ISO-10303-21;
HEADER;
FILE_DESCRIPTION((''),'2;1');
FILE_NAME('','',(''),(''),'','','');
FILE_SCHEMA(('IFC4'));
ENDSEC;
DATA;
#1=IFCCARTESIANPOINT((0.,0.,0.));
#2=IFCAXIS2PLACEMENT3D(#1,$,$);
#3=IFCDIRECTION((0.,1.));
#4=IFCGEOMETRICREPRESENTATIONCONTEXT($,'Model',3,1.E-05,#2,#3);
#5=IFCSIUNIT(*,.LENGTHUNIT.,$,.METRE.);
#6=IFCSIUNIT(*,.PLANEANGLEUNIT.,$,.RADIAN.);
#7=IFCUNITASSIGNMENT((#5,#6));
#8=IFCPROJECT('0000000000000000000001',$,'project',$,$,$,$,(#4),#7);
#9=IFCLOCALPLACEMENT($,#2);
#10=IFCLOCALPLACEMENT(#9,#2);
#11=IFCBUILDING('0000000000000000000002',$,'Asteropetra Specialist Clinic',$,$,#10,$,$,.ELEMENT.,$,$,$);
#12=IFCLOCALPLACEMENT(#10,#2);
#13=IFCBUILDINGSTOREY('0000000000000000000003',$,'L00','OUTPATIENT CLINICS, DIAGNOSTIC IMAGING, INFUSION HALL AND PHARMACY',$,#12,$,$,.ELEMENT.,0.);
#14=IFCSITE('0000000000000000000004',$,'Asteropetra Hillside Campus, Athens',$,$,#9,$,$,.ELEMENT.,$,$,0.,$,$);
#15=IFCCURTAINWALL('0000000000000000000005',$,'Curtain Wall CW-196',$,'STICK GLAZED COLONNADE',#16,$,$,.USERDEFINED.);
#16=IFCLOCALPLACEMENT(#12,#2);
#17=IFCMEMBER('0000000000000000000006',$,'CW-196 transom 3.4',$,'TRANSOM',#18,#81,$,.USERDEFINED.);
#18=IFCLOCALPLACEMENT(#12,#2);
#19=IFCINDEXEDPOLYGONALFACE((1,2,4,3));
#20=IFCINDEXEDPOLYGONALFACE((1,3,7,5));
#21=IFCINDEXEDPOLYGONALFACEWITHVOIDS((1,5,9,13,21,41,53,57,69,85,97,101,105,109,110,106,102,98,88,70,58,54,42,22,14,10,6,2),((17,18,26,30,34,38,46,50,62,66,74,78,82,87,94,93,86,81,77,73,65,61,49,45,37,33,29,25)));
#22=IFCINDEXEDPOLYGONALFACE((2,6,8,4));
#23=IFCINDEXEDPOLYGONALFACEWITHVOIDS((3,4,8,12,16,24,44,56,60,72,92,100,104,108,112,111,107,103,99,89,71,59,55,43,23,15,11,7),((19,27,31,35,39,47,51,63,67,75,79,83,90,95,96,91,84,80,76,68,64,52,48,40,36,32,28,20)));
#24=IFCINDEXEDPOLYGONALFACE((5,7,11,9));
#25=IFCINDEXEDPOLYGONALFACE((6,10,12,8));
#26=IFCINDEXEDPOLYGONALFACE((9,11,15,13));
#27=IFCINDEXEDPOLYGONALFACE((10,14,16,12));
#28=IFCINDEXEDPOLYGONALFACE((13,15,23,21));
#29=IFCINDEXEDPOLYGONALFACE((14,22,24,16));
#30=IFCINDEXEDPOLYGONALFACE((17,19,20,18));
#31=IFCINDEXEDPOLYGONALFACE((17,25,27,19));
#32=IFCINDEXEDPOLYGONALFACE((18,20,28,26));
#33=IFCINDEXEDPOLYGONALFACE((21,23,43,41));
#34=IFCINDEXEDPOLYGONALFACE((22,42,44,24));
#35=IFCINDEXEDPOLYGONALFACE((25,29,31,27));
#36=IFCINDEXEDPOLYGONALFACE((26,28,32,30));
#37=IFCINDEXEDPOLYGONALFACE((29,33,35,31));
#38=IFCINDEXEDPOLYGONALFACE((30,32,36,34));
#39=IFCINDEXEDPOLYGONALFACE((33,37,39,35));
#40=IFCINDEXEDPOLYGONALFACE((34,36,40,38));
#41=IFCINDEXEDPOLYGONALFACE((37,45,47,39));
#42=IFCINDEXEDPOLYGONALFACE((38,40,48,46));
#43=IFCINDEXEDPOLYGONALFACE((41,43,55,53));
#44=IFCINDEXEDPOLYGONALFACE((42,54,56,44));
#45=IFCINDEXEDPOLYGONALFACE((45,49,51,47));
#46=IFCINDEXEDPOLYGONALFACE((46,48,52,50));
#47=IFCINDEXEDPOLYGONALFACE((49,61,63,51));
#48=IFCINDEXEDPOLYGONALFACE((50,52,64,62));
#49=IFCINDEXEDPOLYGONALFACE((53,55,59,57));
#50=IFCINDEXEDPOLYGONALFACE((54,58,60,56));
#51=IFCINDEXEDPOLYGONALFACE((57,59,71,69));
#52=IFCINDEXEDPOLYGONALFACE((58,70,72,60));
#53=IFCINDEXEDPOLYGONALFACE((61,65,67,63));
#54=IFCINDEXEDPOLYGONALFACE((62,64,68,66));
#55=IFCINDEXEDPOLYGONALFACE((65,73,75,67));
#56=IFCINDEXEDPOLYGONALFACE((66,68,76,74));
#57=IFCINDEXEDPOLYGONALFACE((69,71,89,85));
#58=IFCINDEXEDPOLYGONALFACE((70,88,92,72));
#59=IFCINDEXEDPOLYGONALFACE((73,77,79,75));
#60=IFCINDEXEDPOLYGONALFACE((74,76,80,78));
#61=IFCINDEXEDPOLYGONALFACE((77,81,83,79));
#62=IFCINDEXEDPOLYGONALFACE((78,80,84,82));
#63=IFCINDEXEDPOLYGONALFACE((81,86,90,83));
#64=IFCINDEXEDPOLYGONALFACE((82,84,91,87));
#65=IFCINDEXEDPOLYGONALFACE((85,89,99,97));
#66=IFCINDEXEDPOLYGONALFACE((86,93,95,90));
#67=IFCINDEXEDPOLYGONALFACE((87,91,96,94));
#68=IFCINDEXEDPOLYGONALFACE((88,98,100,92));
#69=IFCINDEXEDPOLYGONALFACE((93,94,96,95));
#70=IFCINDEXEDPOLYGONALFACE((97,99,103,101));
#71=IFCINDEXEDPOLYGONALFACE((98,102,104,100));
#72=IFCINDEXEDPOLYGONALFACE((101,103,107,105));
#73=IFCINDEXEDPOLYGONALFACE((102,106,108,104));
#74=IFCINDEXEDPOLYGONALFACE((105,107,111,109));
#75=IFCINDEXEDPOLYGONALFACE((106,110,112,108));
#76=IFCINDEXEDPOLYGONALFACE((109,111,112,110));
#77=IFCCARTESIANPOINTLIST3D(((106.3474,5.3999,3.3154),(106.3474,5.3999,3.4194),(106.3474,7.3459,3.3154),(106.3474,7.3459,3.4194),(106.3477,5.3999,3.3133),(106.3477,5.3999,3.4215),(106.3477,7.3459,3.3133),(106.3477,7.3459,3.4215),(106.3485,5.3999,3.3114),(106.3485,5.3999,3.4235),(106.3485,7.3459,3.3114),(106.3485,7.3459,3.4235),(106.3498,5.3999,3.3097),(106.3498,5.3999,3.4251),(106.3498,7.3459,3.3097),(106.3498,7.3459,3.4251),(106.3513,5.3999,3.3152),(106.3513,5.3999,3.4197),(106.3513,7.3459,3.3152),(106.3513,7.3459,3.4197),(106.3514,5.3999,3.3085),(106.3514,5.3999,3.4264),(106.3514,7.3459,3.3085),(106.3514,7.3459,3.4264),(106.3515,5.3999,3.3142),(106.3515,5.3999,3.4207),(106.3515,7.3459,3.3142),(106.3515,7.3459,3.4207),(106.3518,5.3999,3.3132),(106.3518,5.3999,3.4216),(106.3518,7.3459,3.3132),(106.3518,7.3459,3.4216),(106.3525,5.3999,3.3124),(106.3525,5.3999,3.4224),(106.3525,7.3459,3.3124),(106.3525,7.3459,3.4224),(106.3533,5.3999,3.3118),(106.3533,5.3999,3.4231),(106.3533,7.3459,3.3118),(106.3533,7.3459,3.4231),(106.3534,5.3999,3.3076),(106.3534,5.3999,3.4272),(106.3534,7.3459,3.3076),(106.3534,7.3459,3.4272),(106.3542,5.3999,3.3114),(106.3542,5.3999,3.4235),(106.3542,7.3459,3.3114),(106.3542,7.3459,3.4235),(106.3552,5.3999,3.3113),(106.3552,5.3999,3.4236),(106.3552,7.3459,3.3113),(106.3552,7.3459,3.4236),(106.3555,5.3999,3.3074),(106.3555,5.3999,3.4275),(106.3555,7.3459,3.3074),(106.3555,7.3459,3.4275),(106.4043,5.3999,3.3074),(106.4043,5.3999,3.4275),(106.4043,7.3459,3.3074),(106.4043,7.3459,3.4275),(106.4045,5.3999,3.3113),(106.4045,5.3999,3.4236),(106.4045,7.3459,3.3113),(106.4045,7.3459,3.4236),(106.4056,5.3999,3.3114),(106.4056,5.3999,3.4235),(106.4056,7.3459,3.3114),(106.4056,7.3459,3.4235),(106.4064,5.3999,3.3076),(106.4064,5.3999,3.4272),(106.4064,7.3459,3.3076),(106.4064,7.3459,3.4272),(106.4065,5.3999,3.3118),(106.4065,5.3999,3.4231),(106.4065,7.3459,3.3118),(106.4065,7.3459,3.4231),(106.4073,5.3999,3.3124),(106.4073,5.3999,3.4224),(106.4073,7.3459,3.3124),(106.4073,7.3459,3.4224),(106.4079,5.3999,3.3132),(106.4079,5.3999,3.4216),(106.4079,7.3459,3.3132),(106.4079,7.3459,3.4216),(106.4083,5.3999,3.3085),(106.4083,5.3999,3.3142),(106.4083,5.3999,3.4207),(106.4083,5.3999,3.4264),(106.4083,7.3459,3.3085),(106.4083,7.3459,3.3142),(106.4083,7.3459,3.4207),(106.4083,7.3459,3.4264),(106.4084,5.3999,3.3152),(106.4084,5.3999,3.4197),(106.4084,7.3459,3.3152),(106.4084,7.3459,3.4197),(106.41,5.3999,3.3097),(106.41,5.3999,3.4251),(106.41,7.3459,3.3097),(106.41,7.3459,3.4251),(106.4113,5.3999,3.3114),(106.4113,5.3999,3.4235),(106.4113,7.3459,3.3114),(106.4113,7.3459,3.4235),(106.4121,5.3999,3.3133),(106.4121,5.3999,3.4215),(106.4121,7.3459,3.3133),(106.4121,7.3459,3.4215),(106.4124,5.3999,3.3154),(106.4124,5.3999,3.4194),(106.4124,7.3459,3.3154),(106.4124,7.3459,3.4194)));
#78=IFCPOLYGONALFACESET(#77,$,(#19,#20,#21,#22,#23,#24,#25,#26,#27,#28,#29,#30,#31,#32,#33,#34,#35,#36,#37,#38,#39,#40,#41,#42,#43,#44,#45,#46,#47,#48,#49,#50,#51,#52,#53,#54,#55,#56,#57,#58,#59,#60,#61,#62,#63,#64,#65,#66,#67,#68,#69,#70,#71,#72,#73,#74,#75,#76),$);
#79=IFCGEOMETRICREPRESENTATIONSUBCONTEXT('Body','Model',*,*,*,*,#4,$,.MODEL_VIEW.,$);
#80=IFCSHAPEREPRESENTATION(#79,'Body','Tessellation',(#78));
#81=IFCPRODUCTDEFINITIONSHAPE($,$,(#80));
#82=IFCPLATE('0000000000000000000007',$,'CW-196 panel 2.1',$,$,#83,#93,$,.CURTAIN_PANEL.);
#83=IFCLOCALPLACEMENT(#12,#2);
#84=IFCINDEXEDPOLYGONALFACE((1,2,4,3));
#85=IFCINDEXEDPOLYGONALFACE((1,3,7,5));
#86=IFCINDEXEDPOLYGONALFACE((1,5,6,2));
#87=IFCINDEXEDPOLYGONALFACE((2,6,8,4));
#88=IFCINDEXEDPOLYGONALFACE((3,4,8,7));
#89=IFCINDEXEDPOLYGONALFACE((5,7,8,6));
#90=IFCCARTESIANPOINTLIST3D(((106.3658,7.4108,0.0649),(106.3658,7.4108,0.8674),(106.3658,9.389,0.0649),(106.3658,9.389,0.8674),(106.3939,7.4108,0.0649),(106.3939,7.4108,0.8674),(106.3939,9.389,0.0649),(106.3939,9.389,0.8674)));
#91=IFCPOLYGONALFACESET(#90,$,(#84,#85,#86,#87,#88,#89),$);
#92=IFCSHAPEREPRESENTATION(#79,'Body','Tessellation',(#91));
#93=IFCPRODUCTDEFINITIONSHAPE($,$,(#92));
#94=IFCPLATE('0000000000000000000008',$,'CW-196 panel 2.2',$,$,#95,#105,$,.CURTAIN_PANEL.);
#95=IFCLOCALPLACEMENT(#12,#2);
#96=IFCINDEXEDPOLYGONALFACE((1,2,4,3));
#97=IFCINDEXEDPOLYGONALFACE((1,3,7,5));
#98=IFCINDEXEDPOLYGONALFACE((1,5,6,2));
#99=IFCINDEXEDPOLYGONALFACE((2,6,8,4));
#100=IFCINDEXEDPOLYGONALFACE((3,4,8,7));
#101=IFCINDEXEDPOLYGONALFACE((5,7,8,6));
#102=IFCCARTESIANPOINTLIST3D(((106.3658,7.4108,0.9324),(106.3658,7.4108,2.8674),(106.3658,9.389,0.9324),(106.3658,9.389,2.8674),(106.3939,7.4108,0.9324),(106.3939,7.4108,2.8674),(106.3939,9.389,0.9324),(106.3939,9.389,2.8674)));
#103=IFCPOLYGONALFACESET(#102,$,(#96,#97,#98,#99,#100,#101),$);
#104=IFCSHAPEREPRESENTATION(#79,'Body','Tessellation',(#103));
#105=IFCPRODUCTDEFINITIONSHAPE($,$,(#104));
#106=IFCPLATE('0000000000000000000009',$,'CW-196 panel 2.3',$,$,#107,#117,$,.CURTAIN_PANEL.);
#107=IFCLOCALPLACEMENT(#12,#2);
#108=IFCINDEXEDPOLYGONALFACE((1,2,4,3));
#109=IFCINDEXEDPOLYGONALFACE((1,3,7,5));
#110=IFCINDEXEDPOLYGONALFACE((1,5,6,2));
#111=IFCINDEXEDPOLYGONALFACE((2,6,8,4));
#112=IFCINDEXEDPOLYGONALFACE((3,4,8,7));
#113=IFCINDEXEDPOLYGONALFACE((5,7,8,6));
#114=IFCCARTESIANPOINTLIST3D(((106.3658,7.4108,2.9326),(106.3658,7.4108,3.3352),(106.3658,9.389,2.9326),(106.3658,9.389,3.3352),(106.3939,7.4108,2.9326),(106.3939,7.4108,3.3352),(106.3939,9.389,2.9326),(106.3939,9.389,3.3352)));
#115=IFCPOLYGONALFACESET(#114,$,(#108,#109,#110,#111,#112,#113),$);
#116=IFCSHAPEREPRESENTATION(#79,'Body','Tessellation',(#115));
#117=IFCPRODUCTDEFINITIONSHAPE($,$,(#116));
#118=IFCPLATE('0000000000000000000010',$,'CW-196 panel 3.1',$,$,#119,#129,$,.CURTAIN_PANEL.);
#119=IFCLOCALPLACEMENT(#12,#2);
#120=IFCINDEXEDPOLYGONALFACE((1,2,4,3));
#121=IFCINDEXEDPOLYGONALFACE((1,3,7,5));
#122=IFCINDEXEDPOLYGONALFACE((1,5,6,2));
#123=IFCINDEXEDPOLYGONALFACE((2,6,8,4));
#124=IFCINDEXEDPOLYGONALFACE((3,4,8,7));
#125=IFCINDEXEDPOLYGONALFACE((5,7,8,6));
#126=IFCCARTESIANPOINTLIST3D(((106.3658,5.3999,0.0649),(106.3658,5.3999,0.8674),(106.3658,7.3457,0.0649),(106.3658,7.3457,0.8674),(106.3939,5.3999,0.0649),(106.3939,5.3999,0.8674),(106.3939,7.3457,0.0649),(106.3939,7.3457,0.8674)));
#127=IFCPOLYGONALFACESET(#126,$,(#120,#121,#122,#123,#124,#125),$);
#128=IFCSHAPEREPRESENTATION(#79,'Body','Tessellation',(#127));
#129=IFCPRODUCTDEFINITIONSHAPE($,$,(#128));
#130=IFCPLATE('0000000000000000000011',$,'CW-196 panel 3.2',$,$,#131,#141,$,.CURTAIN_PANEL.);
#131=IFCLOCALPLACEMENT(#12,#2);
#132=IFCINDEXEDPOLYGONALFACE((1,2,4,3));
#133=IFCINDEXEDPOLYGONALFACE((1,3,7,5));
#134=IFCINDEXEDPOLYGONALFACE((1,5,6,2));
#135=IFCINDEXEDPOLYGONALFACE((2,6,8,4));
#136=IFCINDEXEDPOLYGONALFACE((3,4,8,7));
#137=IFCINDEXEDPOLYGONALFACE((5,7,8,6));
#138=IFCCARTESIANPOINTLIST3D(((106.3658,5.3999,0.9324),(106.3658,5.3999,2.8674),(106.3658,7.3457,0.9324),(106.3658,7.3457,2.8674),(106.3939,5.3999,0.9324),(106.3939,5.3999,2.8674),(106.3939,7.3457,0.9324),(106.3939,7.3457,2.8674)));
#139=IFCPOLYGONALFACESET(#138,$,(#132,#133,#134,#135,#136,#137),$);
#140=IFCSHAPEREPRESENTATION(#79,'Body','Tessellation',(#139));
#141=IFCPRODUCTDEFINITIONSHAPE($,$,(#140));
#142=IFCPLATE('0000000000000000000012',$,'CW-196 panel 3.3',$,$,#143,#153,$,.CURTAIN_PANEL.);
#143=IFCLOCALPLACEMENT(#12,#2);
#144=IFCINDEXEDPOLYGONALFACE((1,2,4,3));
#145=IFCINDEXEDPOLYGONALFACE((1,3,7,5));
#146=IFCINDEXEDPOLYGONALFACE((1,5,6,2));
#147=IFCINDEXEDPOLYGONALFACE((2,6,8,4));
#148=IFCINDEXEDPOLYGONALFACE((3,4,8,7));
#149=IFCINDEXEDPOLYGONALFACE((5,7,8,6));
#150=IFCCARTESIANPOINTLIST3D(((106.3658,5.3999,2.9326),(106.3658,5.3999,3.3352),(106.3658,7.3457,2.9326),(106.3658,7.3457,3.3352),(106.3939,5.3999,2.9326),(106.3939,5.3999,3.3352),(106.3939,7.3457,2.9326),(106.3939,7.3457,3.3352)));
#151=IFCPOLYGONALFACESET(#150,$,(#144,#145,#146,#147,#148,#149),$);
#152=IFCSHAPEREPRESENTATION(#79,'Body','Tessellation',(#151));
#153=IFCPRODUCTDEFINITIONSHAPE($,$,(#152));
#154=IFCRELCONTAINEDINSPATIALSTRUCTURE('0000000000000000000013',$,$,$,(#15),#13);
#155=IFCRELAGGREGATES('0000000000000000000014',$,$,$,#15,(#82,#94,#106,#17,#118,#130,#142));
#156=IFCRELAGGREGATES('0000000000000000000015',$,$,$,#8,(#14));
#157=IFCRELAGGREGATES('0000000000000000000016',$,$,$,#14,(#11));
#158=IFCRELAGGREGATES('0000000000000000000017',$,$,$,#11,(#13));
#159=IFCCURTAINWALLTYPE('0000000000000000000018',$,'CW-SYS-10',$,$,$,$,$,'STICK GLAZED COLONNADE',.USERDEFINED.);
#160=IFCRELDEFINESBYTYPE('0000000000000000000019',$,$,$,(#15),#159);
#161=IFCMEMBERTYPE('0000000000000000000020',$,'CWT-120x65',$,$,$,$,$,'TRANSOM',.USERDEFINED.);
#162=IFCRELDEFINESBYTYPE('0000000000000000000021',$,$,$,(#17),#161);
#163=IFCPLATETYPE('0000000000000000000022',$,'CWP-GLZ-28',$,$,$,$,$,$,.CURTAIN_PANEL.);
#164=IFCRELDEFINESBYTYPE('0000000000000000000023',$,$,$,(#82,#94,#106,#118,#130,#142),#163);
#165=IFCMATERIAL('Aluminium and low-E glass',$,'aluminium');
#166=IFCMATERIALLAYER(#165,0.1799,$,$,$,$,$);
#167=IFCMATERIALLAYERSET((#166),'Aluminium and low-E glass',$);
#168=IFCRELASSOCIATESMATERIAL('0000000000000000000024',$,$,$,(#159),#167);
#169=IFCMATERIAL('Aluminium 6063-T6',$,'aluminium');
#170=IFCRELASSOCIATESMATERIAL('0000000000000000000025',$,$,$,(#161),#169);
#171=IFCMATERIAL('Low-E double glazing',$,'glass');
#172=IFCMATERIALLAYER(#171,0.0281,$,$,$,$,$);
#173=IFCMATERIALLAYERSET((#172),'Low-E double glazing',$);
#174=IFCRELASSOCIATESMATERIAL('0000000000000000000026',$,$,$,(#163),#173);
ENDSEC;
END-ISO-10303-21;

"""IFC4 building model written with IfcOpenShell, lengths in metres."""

from ifc_helpers import new_model, si_unit, direction, frame, origin, origin_2d, place, context, subcontext, project, spatial, rectangle, hollow_rectangle, extrude, material, layer, layer_set, material_profile, profile_set, type_object, element, aggregate, save


model = new_model("IFC4")

# Units and contexts
model_context = context("Model", 3, precision=1e-05, world=origin(), true_north=direction((0.0, 1.0)))
body_context = subcontext(model_context, "Body", "Model", "MODEL_VIEW")
ifc_project = project(units=[si_unit("LENGTHUNIT", "METRE"), si_unit("PLANEANGLEUNIT", "RADIAN")], contexts=[model_context])

# Site, building, storey
site_placement = place(None, origin())
site = spatial("IfcSite", under=ifc_project, at=site_placement, Name="Asteropetra Hillside Campus, Athens", CompositionType="ELEMENT", RefElevation=0.0)
building_placement = place(site_placement, origin())
building = spatial("IfcBuilding", under=site, at=building_placement, Name="Asteropetra Specialist Clinic", CompositionType="ELEMENT")
storey_placement = place(building_placement, origin())
storey = spatial("IfcBuildingStorey", under=building, at=storey_placement, Name="L00", Description="OUTPATIENT CLINICS, DIAGNOSTIC IMAGING, INFUSION HALL AND PHARMACY", CompositionType="ELEMENT", Elevation=0.0)

# Curtain wall, member, plates
ifc_material_1 = material(Name="Aluminium and low-E glass", Category="aluminium")
ifc_layer_1 = layer(ifc_material_1, 0.1799)
ifc_layer_set_1 = layer_set([ifc_layer_1], Name="Aluminium and low-E glass")
curtain_wall_type = type_object("IfcCurtainWallType", Name="CW-SYS-10", ElementType="STICK GLAZED COLONNADE", PredefinedType="USERDEFINED", material=ifc_layer_set_1)
curtain_wall_placement = place(storey_placement, origin())
curtain_wall = element("IfcCurtainWall", 1, at=curtain_wall_placement, inside=storey, type_object=curtain_wall_type, Name="Curtain Wall CW-196", ObjectType="STICK GLAZED COLONNADE", PredefinedType="USERDEFINED")
ifc_material_2 = material(Name="Aluminium 6063-T6", Category="aluminium")
ifc_material_profile_1 = material_profile(ifc_material_2, hollow_rectangle(XDim=0.0649, YDim=0.1201, WallThickness=0.0039, InnerFilletRadius=0.0039, OuterFilletRadius=0.0081, at=origin_2d()), Name="TRN 120x65x4.0")
ifc_profile_set_1 = profile_set([ifc_material_profile_1], Name="Aluminium 6063-T6")
member_type_1 = type_object("IfcMemberType", Name="CWT-120x65", ElementType="TRANSOM", PredefinedType="USERDEFINED", material=ifc_profile_set_1)
member_1_placement = place(storey_placement, frame((106.3799, 7.3459, 3.3674), z_axis=(0.0, -1.0, 0.0), x_axis=(1.0, 0.0, 0.0)))
member_1 = element("IfcMember", 2, at=member_1_placement, type_object=member_type_1, Name="CW-196 transom 3.4", ObjectType="TRANSOM", PredefinedType="USERDEFINED", context=body_context, shape_type="SweptSolid", body=[
    extrude(hollow_rectangle(XDim=0.0649, YDim=0.1201, WallThickness=0.0039, InnerFilletRadius=0.0039, OuterFilletRadius=0.0081, at=origin_2d()), origin(), (0.0, 0.0, 1.0), 1.946),
])
ifc_material_3 = material(Name="Low-E double glazing", Category="glass")
ifc_layer_2 = layer(ifc_material_3, 0.0281)
ifc_layer_set_2 = layer_set([ifc_layer_2], Name="Low-E double glazing")
plate_type = type_object("IfcPlateType", Name="CWP-GLZ-28", PredefinedType="CURTAIN_PANEL", material=ifc_layer_set_2)
plate_1_placement = place(storey_placement, frame((106.3799, 8.3999, 0.0649), z_axis=(0.0, 0.0, 1.0), x_axis=(0.0, -1.0, 0.0)))
plate_1 = element("IfcPlate", 3, at=plate_1_placement, type_object=plate_type, Name="CW-196 panel 2.1", PredefinedType="CURTAIN_PANEL", context=body_context, shape_type="SweptSolid", body=[
    extrude(rectangle(XDim=1.9783, YDim=0.0281, at=origin_2d()), origin(), (0.0, 0.0, 1.0), 0.8025),
])
plate_2_placement = place(storey_placement, frame((106.3799, 8.3999, 0.9324), z_axis=(0.0, 0.0, 1.0), x_axis=(0.0, -1.0, 0.0)))
plate_2 = element("IfcPlate", 4, at=plate_2_placement, type_object=plate_type, Name="CW-196 panel 2.2", PredefinedType="CURTAIN_PANEL", context=body_context, shape_type="SweptSolid", body=[
    extrude(rectangle(XDim=1.9783, YDim=0.0281, at=origin_2d()), origin(), (0.0, 0.0, 1.0), 1.9351),
])
plate_3_placement = place(storey_placement, frame((106.3799, 8.3999, 2.9326), z_axis=(0.0, 0.0, 1.0), x_axis=(0.0, -1.0, 0.0)))
plate_3 = element("IfcPlate", 5, at=plate_3_placement, type_object=plate_type, Name="CW-196 panel 2.3", PredefinedType="CURTAIN_PANEL", context=body_context, shape_type="SweptSolid", body=[
    extrude(rectangle(XDim=1.9783, YDim=0.0281, at=origin_2d()), origin(), (0.0, 0.0, 1.0), 0.4026),
])
plate_4_placement = place(storey_placement, frame((106.3799, 6.3728, 0.0649), z_axis=(0.0, 0.0, 1.0), x_axis=(0.0, -1.0, 0.0)))
plate_4 = element("IfcPlate", 6, at=plate_4_placement, type_object=plate_type, Name="CW-196 panel 3.1", PredefinedType="CURTAIN_PANEL", context=body_context, shape_type="SweptSolid", body=[
    extrude(rectangle(XDim=1.9458, YDim=0.0281, at=origin_2d()), origin(), (0.0, 0.0, 1.0), 0.8025),
])
plate_5_placement = place(storey_placement, frame((106.3799, 6.3728, 0.9324), z_axis=(0.0, 0.0, 1.0), x_axis=(0.0, -1.0, 0.0)))
plate_5 = element("IfcPlate", 7, at=plate_5_placement, type_object=plate_type, Name="CW-196 panel 3.2", PredefinedType="CURTAIN_PANEL", context=body_context, shape_type="SweptSolid", body=[
    extrude(rectangle(XDim=1.9458, YDim=0.0281, at=origin_2d()), origin(), (0.0, 0.0, 1.0), 1.9351),
])
plate_6_placement = place(storey_placement, frame((106.3799, 6.3728, 2.9326), z_axis=(0.0, 0.0, 1.0), x_axis=(0.0, -1.0, 0.0)))
plate_6 = element("IfcPlate", 8, at=plate_6_placement, type_object=plate_type, Name="CW-196 panel 3.3", PredefinedType="CURTAIN_PANEL", context=body_context, shape_type="SweptSolid", body=[
    extrude(rectangle(XDim=1.9458, YDim=0.0281, at=origin_2d()), origin(), (0.0, 0.0, 1.0), 0.4026),
])
aggregate(curtain_wall, [plate_1, plate_2, plate_3, member_1, plate_4, plate_5, plate_6])

save(model, "model.ifc")
